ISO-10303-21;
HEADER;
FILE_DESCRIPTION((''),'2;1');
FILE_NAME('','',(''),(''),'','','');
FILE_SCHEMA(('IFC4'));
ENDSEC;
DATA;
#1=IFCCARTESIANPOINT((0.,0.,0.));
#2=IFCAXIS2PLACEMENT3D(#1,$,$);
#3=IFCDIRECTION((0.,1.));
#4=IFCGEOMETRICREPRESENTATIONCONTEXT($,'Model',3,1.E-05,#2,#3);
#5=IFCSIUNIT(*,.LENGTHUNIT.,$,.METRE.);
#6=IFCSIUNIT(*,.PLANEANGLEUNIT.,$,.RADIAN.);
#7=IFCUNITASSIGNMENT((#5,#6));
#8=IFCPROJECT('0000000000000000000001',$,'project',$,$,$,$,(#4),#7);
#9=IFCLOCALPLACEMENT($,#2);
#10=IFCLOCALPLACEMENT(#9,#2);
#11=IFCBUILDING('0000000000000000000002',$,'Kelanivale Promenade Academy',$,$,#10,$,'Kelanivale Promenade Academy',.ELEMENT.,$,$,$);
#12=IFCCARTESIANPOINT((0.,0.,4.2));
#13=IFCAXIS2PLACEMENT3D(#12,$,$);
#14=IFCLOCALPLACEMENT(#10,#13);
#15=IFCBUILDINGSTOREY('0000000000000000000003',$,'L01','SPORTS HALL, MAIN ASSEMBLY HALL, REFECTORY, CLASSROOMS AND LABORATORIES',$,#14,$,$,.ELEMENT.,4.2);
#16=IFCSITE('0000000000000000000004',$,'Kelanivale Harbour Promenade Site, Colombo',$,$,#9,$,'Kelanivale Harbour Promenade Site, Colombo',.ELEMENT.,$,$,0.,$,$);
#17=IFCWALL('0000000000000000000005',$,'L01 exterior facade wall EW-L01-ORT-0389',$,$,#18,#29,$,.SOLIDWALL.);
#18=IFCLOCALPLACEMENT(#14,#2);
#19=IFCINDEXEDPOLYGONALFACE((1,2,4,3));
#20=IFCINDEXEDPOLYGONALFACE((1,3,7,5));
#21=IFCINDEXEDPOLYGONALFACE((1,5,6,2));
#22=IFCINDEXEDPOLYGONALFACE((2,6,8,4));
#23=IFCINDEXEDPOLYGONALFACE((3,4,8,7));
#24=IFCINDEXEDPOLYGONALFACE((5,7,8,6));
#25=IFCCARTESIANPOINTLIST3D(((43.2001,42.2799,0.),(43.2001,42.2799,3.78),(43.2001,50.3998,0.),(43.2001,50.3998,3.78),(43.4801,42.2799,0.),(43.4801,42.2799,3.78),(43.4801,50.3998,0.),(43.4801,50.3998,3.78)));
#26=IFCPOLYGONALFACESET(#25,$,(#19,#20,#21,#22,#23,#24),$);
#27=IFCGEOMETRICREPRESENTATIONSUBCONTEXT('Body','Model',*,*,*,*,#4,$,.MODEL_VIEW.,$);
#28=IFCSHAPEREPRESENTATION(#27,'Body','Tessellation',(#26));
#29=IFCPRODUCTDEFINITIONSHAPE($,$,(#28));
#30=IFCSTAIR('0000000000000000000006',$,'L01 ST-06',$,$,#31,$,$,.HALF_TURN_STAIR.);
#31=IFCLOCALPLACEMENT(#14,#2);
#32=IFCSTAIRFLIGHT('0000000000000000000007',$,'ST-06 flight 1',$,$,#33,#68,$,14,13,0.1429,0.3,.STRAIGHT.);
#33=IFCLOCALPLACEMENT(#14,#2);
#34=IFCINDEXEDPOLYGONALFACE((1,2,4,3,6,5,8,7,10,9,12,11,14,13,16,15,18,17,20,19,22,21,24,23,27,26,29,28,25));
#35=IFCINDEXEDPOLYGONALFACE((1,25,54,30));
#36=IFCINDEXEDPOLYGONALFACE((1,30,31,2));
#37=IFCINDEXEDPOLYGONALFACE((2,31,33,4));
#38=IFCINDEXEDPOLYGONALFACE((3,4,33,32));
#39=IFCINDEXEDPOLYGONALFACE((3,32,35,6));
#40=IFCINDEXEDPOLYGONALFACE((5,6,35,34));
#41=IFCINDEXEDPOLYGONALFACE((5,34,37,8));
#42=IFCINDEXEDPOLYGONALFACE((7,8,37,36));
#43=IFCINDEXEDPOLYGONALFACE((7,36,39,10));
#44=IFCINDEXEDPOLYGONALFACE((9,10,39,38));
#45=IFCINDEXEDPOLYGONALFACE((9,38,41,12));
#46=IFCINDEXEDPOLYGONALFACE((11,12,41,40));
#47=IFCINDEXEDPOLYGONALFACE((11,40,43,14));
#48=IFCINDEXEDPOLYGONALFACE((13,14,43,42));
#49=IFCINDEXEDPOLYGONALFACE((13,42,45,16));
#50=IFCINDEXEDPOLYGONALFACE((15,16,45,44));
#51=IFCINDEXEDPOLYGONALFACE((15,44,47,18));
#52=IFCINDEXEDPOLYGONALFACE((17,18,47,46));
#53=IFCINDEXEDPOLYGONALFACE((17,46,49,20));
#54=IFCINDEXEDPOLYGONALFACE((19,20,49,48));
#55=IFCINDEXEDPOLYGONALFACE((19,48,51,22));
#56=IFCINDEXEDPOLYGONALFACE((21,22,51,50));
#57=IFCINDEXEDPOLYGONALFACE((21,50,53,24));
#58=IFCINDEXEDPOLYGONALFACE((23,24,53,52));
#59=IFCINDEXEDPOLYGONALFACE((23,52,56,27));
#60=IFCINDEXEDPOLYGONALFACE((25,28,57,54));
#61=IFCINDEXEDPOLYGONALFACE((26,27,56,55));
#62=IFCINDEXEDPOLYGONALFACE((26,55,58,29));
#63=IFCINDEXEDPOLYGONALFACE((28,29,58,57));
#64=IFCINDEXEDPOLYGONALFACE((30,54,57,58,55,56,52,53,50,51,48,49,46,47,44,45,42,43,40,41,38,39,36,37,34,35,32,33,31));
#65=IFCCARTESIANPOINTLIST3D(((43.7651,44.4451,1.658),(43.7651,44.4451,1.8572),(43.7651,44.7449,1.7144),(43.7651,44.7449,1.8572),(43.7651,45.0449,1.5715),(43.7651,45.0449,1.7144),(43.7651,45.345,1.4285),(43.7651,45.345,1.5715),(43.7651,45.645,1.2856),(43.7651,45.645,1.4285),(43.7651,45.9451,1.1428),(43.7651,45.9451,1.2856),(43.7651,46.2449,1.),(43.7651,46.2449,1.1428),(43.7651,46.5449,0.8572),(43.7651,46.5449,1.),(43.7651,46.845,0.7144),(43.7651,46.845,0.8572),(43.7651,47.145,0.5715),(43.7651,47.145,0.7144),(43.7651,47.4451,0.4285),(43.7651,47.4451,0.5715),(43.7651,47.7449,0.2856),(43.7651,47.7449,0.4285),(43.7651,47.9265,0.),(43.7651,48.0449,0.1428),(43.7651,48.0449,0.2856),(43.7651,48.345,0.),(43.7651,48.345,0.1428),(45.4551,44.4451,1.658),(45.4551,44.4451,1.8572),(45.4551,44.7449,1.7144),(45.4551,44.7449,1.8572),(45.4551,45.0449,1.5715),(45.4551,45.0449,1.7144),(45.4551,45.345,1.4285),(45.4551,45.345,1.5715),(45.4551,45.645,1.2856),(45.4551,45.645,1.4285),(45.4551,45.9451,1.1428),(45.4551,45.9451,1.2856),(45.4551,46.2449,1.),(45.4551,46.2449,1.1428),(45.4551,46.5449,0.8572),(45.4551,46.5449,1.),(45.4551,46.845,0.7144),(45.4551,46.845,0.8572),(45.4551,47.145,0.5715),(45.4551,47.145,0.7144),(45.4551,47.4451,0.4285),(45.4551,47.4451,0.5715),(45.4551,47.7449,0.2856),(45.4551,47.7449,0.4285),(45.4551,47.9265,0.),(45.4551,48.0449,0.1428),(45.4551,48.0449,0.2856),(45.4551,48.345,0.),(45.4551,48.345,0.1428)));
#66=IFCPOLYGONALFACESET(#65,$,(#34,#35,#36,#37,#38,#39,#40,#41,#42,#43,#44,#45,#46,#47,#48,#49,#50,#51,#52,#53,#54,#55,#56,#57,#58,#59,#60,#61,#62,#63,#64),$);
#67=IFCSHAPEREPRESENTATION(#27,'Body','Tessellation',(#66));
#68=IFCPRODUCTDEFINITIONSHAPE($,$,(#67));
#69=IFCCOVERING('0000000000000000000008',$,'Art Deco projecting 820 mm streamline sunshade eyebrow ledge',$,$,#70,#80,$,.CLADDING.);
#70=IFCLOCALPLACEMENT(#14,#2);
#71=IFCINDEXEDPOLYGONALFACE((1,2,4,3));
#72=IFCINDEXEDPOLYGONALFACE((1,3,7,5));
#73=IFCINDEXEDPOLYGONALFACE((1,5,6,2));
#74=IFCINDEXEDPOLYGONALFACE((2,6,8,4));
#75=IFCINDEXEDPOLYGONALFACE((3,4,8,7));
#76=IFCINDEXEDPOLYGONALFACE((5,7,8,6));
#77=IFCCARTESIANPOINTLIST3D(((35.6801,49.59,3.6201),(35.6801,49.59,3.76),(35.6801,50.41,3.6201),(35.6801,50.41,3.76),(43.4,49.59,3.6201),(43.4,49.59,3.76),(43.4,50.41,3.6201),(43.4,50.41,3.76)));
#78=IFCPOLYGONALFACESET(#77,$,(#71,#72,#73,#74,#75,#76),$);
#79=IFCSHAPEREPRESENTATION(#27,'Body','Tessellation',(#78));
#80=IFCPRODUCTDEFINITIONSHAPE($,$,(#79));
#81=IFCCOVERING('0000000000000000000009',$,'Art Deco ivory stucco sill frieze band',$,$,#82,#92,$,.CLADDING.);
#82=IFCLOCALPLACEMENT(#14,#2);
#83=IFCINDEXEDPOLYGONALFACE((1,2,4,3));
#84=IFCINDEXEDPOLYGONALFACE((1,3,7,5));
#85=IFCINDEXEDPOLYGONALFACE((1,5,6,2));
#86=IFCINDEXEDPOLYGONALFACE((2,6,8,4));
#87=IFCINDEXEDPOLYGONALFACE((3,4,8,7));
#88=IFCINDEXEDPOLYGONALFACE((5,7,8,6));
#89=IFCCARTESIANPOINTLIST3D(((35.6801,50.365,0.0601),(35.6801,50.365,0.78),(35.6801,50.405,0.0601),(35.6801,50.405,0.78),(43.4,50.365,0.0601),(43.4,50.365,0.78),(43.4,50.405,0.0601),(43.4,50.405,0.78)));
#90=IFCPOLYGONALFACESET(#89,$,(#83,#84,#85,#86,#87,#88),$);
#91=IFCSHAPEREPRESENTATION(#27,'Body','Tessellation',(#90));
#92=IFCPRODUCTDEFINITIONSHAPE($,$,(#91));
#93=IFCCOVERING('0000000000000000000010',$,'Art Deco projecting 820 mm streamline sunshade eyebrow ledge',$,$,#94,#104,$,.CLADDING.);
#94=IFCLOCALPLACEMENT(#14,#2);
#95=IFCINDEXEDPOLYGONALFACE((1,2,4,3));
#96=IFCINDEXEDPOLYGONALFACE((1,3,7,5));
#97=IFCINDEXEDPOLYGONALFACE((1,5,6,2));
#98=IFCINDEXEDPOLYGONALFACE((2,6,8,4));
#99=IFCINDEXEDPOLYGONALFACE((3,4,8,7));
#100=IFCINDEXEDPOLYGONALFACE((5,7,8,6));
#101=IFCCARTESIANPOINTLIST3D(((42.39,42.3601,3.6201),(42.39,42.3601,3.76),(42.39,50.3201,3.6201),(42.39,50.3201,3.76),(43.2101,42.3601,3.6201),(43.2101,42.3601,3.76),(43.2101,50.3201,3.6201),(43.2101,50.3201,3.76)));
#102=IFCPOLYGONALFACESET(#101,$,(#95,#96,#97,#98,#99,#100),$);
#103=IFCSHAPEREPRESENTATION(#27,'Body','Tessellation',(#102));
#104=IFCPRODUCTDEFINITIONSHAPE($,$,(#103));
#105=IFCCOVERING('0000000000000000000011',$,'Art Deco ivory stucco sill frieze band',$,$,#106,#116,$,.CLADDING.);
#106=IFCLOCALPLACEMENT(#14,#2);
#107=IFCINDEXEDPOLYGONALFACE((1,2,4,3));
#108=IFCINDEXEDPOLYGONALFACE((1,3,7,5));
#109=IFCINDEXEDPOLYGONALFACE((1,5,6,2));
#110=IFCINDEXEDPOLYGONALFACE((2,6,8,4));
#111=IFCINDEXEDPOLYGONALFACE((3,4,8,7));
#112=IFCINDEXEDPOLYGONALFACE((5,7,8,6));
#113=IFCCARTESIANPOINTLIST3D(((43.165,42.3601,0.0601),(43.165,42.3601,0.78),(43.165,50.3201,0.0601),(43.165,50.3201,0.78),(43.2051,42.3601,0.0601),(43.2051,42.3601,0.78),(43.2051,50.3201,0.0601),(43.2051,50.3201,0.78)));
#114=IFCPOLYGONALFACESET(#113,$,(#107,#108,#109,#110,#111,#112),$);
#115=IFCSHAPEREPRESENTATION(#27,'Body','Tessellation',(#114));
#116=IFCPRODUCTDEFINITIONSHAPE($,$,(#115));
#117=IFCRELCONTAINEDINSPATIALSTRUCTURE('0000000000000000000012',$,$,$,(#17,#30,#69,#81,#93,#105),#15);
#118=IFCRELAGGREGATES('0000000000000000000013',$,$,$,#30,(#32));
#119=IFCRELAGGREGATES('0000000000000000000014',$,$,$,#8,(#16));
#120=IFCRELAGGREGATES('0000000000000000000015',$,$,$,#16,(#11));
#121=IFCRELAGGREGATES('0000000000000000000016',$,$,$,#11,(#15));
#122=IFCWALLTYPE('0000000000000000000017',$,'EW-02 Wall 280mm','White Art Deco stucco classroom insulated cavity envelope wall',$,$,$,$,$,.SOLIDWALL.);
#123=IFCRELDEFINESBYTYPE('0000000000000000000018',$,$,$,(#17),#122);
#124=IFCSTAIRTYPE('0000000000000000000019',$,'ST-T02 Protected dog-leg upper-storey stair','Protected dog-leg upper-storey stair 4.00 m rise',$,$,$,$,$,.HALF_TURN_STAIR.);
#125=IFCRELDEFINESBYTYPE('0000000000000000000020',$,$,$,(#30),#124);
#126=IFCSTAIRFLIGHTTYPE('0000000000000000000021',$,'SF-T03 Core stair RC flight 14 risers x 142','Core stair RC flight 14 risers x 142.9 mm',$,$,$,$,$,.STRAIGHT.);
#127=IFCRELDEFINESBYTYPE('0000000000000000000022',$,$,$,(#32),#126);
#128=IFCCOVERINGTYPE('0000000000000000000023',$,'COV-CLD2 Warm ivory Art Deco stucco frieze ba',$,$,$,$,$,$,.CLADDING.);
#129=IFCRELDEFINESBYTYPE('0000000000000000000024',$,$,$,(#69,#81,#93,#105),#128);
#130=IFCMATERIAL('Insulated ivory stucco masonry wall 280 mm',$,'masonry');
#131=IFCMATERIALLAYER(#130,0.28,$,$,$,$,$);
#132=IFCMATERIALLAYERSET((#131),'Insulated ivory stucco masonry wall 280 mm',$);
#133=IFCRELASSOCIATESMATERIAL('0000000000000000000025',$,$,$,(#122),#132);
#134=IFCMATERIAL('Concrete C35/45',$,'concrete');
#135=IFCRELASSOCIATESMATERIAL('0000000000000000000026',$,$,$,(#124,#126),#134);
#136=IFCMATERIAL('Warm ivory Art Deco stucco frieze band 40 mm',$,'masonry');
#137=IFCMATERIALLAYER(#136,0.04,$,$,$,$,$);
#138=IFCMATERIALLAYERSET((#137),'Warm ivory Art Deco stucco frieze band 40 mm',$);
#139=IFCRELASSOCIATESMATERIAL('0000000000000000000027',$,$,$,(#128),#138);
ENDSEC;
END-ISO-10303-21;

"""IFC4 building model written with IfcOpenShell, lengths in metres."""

from ifc_helpers import new_model, si_unit, direction, frame, frame_2d, origin, origin_2d, place, context, subcontext, project, spatial, polyline, rectangle, outline, extrude, material, layer, layer_set, type_object, element, aggregate, save


model = new_model("IFC4")

# Units and contexts
model_context = context("Model", 3, precision=1e-05, world=origin(), true_north=direction((0.0, 1.0)))
body_context = subcontext(model_context, "Body", "Model", "MODEL_VIEW")
ifc_project = project(units=[si_unit("LENGTHUNIT", "METRE"), si_unit("PLANEANGLEUNIT", "RADIAN")], contexts=[model_context])

# Site, building, storey
site_placement = place(None, origin())
site = spatial("IfcSite", under=ifc_project, at=site_placement, Name="Kelanivale Harbour Promenade Site, Colombo", LongName="Kelanivale Harbour Promenade Site, Colombo", CompositionType="ELEMENT", RefElevation=0.0)
building_placement = place(site_placement, origin())
building = spatial("IfcBuilding", under=site, at=building_placement, Name="Kelanivale Promenade Academy", LongName="Kelanivale Promenade Academy", CompositionType="ELEMENT")
storey_placement = place(building_placement, frame((0.0, 0.0, 4.2)))
storey = spatial("IfcBuildingStorey", under=building, at=storey_placement, Name="L01", Description="SPORTS HALL, MAIN ASSEMBLY HALL, REFECTORY, CLASSROOMS AND LABORATORIES", CompositionType="ELEMENT", Elevation=4.2)

# Shared definitions
ifc_material_1 = material(Name="Concrete C35/45", Category="concrete")

# Wall
ifc_material_2 = material(Name="Insulated ivory stucco masonry wall 280 mm", Category="masonry")
ifc_layer_1 = layer(ifc_material_2, 0.28)
ifc_layer_set_1 = layer_set([ifc_layer_1], Name="Insulated ivory stucco masonry wall 280 mm")
wall_type_1 = type_object("IfcWallType", Name="EW-02 Wall 280mm", Description="White Art Deco stucco classroom insulated cavity envelope wall", PredefinedType="SOLIDWALL", material=ifc_layer_set_1)
wall_1_placement = place(storey_placement, frame((43.3401, 50.3999, 0.0), z_axis=(0.0, 0.0, 1.0), x_axis=(0.0, -1.0, 0.0)))
element("IfcWall", 1, at=wall_1_placement, inside=storey, type_object=wall_type_1, Name="L01 exterior facade wall EW-L01-ORT-0389", PredefinedType="SOLIDWALL", context=body_context, shape_type="SweptSolid", body=[
    extrude(rectangle(XDim=8.1199, YDim=0.28, at=frame_2d((4.0601, 0.0))), origin(), (0.0, 0.0, 1.0), 3.78),
])

# Stair, stair flight
stair_type = type_object("IfcStairType", Name="ST-T02 Protected dog-leg upper-storey stair", Description="Protected dog-leg upper-storey stair 4.00 m rise", PredefinedType="HALF_TURN_STAIR", material=ifc_material_1)
stair_placement = place(storey_placement, origin())
stair = element("IfcStair", 2, at=stair_placement, inside=storey, type_object=stair_type, Name="L01 ST-06", PredefinedType="HALF_TURN_STAIR")
stair_flight_type = type_object("IfcStairFlightType", Name="SF-T03 Core stair RC flight 14 risers x 142", Description="Core stair RC flight 14 risers x 142.9 mm", PredefinedType="STRAIGHT", material=ifc_material_1)
stair_flight_placement = place(storey_placement, frame((44.6101, 48.345, 0.0), z_axis=(0.0, 0.0, 1.0), x_axis=(0.0, -1.0, 0.0)))
stair_flight = element("IfcStairFlight", 3, at=stair_flight_placement, type_object=stair_flight_type, Name="ST-06 flight 1", NumberOfRisers=14, NumberOfTreads=13, PredefinedType="STRAIGHT", RiserHeight=0.1429, TreadLength=0.3, context=body_context, shape_type="SweptSolid", body=[
    extrude(outline(polyline([(0.0, 0.0), (0.0, 0.1428), (0.3, 0.1428), (0.3, 0.2856), (0.6001, 0.2856), (0.6001, 0.4285), (0.8999, 0.4285), (0.8999, 0.5715), (1.2, 0.5715), (1.2, 0.7144), (1.5, 0.7144), (1.5, 0.8572), (1.8, 0.8572), (1.8, 1.0), (2.1001, 1.0), (2.1001, 1.1428), (2.3999, 1.1428), (2.3999, 1.2856), (2.7, 1.2856), (2.7, 1.4285), (3.0, 1.4285), (3.0, 1.5715), (3.3, 1.5715), (3.3, 1.7144), (3.6001, 1.7144), (3.6001, 1.8572), (3.8999, 1.8572), (3.8999, 2.0), (3.8999, 1.658), (0.4185, 0.0), (0.0, 0.0)])), frame((0.0, 0.845, 0.0), z_axis=(0.0, -1.0, 0.0), x_axis=(1.0, 0.0, 0.0)), (0.0, 0.0, 1.0), 1.6899),
])
aggregate(stair, [stair_flight])

# Coverings
ifc_material_3 = material(Name="Warm ivory Art Deco stucco frieze band 40 mm", Category="masonry")
ifc_layer_2 = layer(ifc_material_3, 0.04)
ifc_layer_set_2 = layer_set([ifc_layer_2], Name="Warm ivory Art Deco stucco frieze band 40 mm")
covering_type = type_object("IfcCoveringType", Name="COV-CLD2 Warm ivory Art Deco stucco frieze ba", PredefinedType="CLADDING", material=ifc_layer_set_2)
covering_1_placement = place(storey_placement, frame((39.54, 50.0, 3.6201), z_axis=(0.0, 0.0, 1.0), x_axis=(1.0, 0.0, 0.0)))
element("IfcCovering", 4, at=covering_1_placement, inside=storey, type_object=covering_type, Name="Art Deco projecting 820 mm streamline sunshade eyebrow ledge", PredefinedType="CLADDING", context=body_context, shape_type="SweptSolid", body=[
    extrude(rectangle(XDim=7.72, YDim=0.8201, at=origin_2d()), origin(), (0.0, 0.0, 1.0), 0.1399),
])
covering_2_placement = place(storey_placement, frame((39.54, 50.385, 0.0601), z_axis=(0.0, 0.0, 1.0), x_axis=(1.0, 0.0, 0.0)))
element("IfcCovering", 5, at=covering_2_placement, inside=storey, type_object=covering_type, Name="Art Deco ivory stucco sill frieze band", PredefinedType="CLADDING", context=body_context, shape_type="SweptSolid", body=[
    extrude(rectangle(XDim=7.72, YDim=0.04, at=origin_2d()), origin(), (0.0, 0.0, 1.0), 0.72),
])
covering_3_placement = place(storey_placement, frame((42.8, 46.3401, 3.6201), z_axis=(0.0, 0.0, 1.0), x_axis=(0.0, -1.0, 0.0)))
element("IfcCovering", 6, at=covering_3_placement, inside=storey, type_object=covering_type, Name="Art Deco projecting 820 mm streamline sunshade eyebrow ledge", PredefinedType="CLADDING", context=body_context, shape_type="SweptSolid", body=[
    extrude(rectangle(XDim=7.96, YDim=0.8201, at=origin_2d()), origin(), (0.0, 0.0, 1.0), 0.1399),
])
covering_4_placement = place(storey_placement, frame((43.1851, 46.3401, 0.0601), z_axis=(0.0, 0.0, 1.0), x_axis=(0.0, -1.0, 0.0)))
element("IfcCovering", 7, at=covering_4_placement, inside=storey, type_object=covering_type, Name="Art Deco ivory stucco sill frieze band", PredefinedType="CLADDING", context=body_context, shape_type="SweptSolid", body=[
    extrude(rectangle(XDim=7.96, YDim=0.04, at=origin_2d()), origin(), (0.0, 0.0, 1.0), 0.72),
])

save(model, "model.ifc")
